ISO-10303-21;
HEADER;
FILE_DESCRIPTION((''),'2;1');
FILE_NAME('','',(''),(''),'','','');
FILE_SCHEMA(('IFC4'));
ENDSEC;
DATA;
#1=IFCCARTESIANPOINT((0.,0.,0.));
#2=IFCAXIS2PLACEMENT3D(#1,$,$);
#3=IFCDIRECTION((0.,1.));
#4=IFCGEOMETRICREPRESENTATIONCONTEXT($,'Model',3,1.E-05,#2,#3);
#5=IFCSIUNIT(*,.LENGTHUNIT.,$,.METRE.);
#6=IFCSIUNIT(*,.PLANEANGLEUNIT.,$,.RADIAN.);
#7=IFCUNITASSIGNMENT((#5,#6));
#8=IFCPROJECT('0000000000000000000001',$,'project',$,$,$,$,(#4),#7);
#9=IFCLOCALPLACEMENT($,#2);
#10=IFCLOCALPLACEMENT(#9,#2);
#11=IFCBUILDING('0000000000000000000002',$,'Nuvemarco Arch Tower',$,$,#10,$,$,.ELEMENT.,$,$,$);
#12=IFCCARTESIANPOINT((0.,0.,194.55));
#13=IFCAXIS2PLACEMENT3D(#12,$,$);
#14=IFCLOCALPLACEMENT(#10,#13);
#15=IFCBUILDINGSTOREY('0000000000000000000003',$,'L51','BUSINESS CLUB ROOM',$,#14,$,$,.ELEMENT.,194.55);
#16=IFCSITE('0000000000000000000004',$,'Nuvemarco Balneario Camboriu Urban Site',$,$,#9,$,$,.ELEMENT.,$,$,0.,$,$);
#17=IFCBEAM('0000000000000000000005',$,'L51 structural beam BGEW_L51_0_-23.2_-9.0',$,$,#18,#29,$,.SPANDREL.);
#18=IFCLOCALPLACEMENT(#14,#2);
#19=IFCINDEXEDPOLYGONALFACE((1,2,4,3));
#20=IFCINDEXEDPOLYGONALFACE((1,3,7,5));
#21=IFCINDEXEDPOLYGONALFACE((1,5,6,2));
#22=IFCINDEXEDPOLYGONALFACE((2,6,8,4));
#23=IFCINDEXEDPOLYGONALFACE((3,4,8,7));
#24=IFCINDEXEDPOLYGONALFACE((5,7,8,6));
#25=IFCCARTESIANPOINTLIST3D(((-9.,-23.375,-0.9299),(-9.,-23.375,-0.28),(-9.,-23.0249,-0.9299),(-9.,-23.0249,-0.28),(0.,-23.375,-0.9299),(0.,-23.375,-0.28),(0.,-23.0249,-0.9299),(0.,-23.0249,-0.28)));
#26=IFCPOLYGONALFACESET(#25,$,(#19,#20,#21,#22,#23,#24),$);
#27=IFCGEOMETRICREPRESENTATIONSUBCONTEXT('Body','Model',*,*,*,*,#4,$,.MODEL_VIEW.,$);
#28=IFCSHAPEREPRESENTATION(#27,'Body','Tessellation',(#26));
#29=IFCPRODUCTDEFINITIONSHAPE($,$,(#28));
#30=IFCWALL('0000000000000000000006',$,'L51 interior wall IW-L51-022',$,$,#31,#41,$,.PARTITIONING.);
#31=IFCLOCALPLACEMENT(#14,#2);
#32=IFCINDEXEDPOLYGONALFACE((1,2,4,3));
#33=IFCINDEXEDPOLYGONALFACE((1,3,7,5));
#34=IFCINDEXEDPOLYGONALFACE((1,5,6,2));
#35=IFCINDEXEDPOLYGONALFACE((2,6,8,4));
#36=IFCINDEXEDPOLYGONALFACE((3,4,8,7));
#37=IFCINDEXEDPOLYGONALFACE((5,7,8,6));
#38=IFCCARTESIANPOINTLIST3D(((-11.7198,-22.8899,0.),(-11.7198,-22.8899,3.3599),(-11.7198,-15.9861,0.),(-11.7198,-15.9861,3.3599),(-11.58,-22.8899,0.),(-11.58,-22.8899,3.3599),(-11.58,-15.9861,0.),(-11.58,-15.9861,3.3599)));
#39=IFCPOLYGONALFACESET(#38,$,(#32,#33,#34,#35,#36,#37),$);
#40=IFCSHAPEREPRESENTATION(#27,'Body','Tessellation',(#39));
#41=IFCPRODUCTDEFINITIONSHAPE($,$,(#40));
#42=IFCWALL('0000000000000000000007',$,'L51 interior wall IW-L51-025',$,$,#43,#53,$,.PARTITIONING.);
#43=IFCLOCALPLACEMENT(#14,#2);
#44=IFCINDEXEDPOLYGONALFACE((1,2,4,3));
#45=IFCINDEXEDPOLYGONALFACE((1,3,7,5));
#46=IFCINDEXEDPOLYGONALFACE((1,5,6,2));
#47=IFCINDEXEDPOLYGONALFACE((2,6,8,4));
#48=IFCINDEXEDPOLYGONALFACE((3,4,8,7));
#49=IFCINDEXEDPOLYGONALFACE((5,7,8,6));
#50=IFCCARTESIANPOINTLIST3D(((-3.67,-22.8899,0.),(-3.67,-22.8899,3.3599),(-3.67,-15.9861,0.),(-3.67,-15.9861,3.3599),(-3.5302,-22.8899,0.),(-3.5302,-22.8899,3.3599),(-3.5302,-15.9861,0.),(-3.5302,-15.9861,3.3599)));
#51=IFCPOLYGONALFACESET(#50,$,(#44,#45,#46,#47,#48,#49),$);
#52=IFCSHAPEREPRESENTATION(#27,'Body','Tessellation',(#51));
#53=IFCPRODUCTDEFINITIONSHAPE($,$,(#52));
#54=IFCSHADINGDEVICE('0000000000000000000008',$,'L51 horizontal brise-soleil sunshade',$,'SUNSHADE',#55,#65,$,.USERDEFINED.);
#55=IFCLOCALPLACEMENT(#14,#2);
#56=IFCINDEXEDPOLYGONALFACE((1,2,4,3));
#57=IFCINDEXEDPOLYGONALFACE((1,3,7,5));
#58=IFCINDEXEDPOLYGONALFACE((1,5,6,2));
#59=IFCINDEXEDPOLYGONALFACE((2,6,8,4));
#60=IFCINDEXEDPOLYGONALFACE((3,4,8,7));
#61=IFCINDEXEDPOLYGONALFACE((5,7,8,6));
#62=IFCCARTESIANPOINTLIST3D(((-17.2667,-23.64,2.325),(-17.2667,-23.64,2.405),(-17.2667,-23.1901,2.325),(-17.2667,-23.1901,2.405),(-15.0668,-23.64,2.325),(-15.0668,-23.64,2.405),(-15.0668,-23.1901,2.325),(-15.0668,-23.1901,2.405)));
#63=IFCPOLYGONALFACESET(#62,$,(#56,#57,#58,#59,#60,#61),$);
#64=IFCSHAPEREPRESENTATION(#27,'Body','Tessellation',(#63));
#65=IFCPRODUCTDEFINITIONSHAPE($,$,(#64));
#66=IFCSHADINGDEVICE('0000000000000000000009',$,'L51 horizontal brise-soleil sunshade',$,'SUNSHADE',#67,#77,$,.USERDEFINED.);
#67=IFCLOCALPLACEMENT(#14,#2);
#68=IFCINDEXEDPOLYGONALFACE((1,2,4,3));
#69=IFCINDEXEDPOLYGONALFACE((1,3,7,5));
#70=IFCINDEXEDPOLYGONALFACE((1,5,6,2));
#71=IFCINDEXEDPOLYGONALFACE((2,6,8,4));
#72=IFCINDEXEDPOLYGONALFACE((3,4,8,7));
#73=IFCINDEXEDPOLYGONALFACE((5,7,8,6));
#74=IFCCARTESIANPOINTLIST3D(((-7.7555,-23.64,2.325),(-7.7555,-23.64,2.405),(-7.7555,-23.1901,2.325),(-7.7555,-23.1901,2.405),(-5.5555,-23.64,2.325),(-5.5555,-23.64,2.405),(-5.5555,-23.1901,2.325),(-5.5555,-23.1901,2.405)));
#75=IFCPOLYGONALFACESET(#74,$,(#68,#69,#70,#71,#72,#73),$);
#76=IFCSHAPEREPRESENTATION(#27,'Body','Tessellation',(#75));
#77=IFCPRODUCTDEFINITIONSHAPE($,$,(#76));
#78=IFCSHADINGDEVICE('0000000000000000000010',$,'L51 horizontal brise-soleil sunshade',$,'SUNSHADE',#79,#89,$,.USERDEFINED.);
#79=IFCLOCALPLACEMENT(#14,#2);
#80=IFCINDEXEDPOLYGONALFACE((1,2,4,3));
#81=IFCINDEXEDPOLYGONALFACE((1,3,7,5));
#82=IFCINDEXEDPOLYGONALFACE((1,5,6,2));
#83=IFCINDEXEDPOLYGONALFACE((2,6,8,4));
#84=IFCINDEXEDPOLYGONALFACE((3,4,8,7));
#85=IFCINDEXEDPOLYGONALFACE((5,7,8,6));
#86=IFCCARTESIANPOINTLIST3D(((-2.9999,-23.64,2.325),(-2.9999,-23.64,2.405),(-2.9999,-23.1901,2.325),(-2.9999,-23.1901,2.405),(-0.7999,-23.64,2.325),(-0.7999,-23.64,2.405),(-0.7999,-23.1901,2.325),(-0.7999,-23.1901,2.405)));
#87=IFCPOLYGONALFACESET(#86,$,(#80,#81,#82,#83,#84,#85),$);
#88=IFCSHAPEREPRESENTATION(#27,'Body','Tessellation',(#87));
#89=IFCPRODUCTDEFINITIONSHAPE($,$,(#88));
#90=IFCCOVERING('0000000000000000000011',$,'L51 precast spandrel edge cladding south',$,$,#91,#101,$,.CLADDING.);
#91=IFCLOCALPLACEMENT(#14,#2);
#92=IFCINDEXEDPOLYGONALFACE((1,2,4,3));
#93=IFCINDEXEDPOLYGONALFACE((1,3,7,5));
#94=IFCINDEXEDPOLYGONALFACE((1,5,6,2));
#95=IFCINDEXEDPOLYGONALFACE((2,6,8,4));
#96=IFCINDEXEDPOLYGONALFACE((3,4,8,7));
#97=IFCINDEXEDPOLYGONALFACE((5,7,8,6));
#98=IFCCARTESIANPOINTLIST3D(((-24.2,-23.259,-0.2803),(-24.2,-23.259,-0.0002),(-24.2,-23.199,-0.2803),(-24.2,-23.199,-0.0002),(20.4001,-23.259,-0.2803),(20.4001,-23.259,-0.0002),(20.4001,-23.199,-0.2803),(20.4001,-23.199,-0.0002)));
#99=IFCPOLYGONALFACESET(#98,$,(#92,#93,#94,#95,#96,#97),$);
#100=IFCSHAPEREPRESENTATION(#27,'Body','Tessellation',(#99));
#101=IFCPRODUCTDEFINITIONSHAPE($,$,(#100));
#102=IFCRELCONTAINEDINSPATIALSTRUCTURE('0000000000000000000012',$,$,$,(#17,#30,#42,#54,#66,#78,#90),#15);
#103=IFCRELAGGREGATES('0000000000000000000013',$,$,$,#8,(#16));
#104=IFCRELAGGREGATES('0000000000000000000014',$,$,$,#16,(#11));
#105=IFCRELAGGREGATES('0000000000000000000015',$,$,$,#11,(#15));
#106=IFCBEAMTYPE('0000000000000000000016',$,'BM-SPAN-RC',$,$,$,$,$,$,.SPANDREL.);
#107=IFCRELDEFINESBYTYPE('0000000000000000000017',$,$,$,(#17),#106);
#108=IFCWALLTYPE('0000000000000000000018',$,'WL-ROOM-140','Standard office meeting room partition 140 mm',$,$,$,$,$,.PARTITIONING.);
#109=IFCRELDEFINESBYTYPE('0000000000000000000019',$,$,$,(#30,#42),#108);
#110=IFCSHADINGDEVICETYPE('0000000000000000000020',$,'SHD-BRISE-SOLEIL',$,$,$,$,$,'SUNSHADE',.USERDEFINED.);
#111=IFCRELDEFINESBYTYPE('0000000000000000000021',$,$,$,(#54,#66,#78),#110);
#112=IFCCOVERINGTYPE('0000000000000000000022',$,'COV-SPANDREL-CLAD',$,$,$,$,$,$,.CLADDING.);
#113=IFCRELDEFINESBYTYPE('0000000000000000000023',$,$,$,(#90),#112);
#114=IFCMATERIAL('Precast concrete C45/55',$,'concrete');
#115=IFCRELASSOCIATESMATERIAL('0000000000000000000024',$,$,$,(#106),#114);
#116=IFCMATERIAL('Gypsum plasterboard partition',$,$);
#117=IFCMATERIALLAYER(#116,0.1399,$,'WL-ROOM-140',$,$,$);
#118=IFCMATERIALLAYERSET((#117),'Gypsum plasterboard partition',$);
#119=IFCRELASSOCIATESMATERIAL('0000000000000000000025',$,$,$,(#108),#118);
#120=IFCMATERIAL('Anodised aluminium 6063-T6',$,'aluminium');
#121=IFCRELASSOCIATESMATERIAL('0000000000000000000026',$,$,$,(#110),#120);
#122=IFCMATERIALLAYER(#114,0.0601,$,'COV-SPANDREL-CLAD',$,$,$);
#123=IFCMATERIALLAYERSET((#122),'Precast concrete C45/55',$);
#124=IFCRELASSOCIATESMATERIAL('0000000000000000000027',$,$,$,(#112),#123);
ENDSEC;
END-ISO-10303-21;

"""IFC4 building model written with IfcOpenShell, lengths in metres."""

from ifc_helpers import new_model, si_unit, direction, frame, frame_2d, origin, origin_2d, place, context, subcontext, project, spatial, rectangle, extrude, source, transform, mapped, material, layer, layer_set, material_profile, profile_set, type_object, type_shapes, element, save


model = new_model("IFC4")

# Units and contexts
model_context = context("Model", 3, precision=1e-05, world=origin(), true_north=direction((0.0, 1.0)))
body_context = subcontext(model_context, "Body", "Model", "MODEL_VIEW")
ifc_project = project(units=[si_unit("LENGTHUNIT", "METRE"), si_unit("PLANEANGLEUNIT", "RADIAN")], contexts=[model_context])

# Site, building, storey
site_placement = place(None, origin())
site = spatial("IfcSite", under=ifc_project, at=site_placement, Name="Nuvemarco Balneario Camboriu Urban Site", CompositionType="ELEMENT", RefElevation=0.0)
building_placement = place(site_placement, origin())
building = spatial("IfcBuilding", under=site, at=building_placement, Name="Nuvemarco Arch Tower", CompositionType="ELEMENT")
storey_placement = place(building_placement, frame((0.0, 0.0, 194.55)))
storey = spatial("IfcBuildingStorey", under=building, at=storey_placement, Name="L51", Description="BUSINESS CLUB ROOM", CompositionType="ELEMENT", Elevation=194.55)

# Beam
ifc_material_1 = material(Name="Precast concrete C45/55", Category="concrete")
ifc_material_profile_1 = material_profile(ifc_material_1, rectangle(XDim=0.3501, YDim=0.6499, at=origin_2d()), Name="PC-SP-350x650")
ifc_profile_set_1 = profile_set([ifc_material_profile_1], Name="Precast concrete C45/55")
beam_type_1 = type_object("IfcBeamType", Name="BM-SPAN-RC", PredefinedType="SPANDREL", material=ifc_profile_set_1)
beam_1_placement = place(storey_placement, frame((-9.0, -23.2, -0.605), z_axis=(1.0, 0.0, 0.0), x_axis=(0.0, 1.0, 0.0)))
element("IfcBeam", 1, at=beam_1_placement, inside=storey, type_object=beam_type_1, Name="L51 structural beam BGEW_L51_0_-23.2_-9.0", PredefinedType="SPANDREL", context=body_context, shape_type="SweptSolid", body=[
    extrude(rectangle(XDim=0.3501, YDim=0.6499, at=origin_2d()), origin(), (0.0, 0.0, 1.0), 9.0),
])

# Walls
ifc_material_2 = material(Name="Gypsum plasterboard partition")
ifc_layer_1 = layer(ifc_material_2, 0.1399, Name="WL-ROOM-140")
ifc_layer_set_1 = layer_set([ifc_layer_1], Name="Gypsum plasterboard partition")
wall_type = type_object("IfcWallType", Name="WL-ROOM-140", Description="Standard office meeting room partition 140 mm", PredefinedType="PARTITIONING", material=ifc_layer_set_1)
for number, where, z_axis, x_axis, name in (
    (2, (-11.6499, -22.8899, 0.0), (0.0, 0.0, 1.0), (0.0, 1.0, 0.0), "L51 interior wall IW-L51-022"),
    (3, (-3.6001, -22.8899, 0.0), (0.0, 0.0, 1.0), (0.0, 1.0, 0.0), "L51 interior wall IW-L51-025"),
):
    element("IfcWall", number, at=place(storey_placement, frame(where, z_axis=z_axis, x_axis=x_axis)), inside=storey, type_object=wall_type, Name=name, PredefinedType="PARTITIONING", context=body_context, shape_type="SweptSolid", body=[
        extrude(rectangle(XDim=6.9038, YDim=0.1399, at=frame_2d((3.4519, 0.0))), origin(), (0.0, 0.0, 1.0), 3.3599),
    ])

# Shading devices
ifc_material_3 = material(Name="Anodised aluminium 6063-T6", Category="aluminium")
shading_device_type = type_object("IfcShadingDeviceType", Name="SHD-BRISE-SOLEIL", ElementType="SUNSHADE", PredefinedType="USERDEFINED", material=ifc_material_3)
shared_shape_1 = source(origin(), body_context, "Body", "SweptSolid", [
    extrude(rectangle(XDim=2.2, YDim=0.45, at=origin_2d()), origin(), (0.0, 0.0, 1.0), 0.0801),
])
type_shapes(shading_device_type, [shared_shape_1])
for number, where, z_axis, x_axis, name in (
    (4, (-16.1667, -23.415, 2.325), (0.0, 0.0, 1.0), (1.0, 0.0, 0.0), "L51 horizontal brise-soleil sunshade"),
    (5, (-6.6555, -23.415, 2.325), (0.0, 0.0, 1.0), (1.0, 0.0, 0.0), "L51 horizontal brise-soleil sunshade"),
    (6, (-1.8999, -23.415, 2.325), (0.0, 0.0, 1.0), (1.0, 0.0, 0.0), "L51 horizontal brise-soleil sunshade"),
):
    element("IfcShadingDevice", number, at=place(storey_placement, frame(where, z_axis=z_axis, x_axis=x_axis)), inside=storey, type_object=shading_device_type, Name=name, ObjectType="SUNSHADE", PredefinedType="USERDEFINED", context=body_context, shape_type="MappedRepresentation", body=[
        mapped(shared_shape_1, transform((0.0, 0.0, 0.0), scale=1.0)),
    ])

# Covering
ifc_layer_2 = layer(ifc_material_1, 0.0601, Name="COV-SPANDREL-CLAD")
ifc_layer_set_2 = layer_set([ifc_layer_2], Name="Precast concrete C45/55")
covering_type = type_object("IfcCoveringType", Name="COV-SPANDREL-CLAD", PredefinedType="CLADDING", material=ifc_layer_set_2)
shared_shape_2 = source(origin(), body_context, "Body", "SweptSolid", [
    extrude(rectangle(XDim=44.6001, YDim=0.0601, at=origin_2d()), origin(), (0.0, 0.0, 1.0), 0.28),
])
type_shapes(covering_type, [shared_shape_2])
covering_placement = place(storey_placement, frame((-1.8999, -23.229, -0.2803), z_axis=(0.0, 0.0, 1.0), x_axis=(1.0, 0.0, 0.0)))
element("IfcCovering", 7, at=covering_placement, inside=storey, type_object=covering_type, Name="L51 precast spandrel edge cladding south", PredefinedType="CLADDING", context=body_context, shape_type="MappedRepresentation", body=[
    mapped(shared_shape_2, transform((0.0, 0.0, 0.0), scale=1.0)),
])

save(model, "model.ifc")
